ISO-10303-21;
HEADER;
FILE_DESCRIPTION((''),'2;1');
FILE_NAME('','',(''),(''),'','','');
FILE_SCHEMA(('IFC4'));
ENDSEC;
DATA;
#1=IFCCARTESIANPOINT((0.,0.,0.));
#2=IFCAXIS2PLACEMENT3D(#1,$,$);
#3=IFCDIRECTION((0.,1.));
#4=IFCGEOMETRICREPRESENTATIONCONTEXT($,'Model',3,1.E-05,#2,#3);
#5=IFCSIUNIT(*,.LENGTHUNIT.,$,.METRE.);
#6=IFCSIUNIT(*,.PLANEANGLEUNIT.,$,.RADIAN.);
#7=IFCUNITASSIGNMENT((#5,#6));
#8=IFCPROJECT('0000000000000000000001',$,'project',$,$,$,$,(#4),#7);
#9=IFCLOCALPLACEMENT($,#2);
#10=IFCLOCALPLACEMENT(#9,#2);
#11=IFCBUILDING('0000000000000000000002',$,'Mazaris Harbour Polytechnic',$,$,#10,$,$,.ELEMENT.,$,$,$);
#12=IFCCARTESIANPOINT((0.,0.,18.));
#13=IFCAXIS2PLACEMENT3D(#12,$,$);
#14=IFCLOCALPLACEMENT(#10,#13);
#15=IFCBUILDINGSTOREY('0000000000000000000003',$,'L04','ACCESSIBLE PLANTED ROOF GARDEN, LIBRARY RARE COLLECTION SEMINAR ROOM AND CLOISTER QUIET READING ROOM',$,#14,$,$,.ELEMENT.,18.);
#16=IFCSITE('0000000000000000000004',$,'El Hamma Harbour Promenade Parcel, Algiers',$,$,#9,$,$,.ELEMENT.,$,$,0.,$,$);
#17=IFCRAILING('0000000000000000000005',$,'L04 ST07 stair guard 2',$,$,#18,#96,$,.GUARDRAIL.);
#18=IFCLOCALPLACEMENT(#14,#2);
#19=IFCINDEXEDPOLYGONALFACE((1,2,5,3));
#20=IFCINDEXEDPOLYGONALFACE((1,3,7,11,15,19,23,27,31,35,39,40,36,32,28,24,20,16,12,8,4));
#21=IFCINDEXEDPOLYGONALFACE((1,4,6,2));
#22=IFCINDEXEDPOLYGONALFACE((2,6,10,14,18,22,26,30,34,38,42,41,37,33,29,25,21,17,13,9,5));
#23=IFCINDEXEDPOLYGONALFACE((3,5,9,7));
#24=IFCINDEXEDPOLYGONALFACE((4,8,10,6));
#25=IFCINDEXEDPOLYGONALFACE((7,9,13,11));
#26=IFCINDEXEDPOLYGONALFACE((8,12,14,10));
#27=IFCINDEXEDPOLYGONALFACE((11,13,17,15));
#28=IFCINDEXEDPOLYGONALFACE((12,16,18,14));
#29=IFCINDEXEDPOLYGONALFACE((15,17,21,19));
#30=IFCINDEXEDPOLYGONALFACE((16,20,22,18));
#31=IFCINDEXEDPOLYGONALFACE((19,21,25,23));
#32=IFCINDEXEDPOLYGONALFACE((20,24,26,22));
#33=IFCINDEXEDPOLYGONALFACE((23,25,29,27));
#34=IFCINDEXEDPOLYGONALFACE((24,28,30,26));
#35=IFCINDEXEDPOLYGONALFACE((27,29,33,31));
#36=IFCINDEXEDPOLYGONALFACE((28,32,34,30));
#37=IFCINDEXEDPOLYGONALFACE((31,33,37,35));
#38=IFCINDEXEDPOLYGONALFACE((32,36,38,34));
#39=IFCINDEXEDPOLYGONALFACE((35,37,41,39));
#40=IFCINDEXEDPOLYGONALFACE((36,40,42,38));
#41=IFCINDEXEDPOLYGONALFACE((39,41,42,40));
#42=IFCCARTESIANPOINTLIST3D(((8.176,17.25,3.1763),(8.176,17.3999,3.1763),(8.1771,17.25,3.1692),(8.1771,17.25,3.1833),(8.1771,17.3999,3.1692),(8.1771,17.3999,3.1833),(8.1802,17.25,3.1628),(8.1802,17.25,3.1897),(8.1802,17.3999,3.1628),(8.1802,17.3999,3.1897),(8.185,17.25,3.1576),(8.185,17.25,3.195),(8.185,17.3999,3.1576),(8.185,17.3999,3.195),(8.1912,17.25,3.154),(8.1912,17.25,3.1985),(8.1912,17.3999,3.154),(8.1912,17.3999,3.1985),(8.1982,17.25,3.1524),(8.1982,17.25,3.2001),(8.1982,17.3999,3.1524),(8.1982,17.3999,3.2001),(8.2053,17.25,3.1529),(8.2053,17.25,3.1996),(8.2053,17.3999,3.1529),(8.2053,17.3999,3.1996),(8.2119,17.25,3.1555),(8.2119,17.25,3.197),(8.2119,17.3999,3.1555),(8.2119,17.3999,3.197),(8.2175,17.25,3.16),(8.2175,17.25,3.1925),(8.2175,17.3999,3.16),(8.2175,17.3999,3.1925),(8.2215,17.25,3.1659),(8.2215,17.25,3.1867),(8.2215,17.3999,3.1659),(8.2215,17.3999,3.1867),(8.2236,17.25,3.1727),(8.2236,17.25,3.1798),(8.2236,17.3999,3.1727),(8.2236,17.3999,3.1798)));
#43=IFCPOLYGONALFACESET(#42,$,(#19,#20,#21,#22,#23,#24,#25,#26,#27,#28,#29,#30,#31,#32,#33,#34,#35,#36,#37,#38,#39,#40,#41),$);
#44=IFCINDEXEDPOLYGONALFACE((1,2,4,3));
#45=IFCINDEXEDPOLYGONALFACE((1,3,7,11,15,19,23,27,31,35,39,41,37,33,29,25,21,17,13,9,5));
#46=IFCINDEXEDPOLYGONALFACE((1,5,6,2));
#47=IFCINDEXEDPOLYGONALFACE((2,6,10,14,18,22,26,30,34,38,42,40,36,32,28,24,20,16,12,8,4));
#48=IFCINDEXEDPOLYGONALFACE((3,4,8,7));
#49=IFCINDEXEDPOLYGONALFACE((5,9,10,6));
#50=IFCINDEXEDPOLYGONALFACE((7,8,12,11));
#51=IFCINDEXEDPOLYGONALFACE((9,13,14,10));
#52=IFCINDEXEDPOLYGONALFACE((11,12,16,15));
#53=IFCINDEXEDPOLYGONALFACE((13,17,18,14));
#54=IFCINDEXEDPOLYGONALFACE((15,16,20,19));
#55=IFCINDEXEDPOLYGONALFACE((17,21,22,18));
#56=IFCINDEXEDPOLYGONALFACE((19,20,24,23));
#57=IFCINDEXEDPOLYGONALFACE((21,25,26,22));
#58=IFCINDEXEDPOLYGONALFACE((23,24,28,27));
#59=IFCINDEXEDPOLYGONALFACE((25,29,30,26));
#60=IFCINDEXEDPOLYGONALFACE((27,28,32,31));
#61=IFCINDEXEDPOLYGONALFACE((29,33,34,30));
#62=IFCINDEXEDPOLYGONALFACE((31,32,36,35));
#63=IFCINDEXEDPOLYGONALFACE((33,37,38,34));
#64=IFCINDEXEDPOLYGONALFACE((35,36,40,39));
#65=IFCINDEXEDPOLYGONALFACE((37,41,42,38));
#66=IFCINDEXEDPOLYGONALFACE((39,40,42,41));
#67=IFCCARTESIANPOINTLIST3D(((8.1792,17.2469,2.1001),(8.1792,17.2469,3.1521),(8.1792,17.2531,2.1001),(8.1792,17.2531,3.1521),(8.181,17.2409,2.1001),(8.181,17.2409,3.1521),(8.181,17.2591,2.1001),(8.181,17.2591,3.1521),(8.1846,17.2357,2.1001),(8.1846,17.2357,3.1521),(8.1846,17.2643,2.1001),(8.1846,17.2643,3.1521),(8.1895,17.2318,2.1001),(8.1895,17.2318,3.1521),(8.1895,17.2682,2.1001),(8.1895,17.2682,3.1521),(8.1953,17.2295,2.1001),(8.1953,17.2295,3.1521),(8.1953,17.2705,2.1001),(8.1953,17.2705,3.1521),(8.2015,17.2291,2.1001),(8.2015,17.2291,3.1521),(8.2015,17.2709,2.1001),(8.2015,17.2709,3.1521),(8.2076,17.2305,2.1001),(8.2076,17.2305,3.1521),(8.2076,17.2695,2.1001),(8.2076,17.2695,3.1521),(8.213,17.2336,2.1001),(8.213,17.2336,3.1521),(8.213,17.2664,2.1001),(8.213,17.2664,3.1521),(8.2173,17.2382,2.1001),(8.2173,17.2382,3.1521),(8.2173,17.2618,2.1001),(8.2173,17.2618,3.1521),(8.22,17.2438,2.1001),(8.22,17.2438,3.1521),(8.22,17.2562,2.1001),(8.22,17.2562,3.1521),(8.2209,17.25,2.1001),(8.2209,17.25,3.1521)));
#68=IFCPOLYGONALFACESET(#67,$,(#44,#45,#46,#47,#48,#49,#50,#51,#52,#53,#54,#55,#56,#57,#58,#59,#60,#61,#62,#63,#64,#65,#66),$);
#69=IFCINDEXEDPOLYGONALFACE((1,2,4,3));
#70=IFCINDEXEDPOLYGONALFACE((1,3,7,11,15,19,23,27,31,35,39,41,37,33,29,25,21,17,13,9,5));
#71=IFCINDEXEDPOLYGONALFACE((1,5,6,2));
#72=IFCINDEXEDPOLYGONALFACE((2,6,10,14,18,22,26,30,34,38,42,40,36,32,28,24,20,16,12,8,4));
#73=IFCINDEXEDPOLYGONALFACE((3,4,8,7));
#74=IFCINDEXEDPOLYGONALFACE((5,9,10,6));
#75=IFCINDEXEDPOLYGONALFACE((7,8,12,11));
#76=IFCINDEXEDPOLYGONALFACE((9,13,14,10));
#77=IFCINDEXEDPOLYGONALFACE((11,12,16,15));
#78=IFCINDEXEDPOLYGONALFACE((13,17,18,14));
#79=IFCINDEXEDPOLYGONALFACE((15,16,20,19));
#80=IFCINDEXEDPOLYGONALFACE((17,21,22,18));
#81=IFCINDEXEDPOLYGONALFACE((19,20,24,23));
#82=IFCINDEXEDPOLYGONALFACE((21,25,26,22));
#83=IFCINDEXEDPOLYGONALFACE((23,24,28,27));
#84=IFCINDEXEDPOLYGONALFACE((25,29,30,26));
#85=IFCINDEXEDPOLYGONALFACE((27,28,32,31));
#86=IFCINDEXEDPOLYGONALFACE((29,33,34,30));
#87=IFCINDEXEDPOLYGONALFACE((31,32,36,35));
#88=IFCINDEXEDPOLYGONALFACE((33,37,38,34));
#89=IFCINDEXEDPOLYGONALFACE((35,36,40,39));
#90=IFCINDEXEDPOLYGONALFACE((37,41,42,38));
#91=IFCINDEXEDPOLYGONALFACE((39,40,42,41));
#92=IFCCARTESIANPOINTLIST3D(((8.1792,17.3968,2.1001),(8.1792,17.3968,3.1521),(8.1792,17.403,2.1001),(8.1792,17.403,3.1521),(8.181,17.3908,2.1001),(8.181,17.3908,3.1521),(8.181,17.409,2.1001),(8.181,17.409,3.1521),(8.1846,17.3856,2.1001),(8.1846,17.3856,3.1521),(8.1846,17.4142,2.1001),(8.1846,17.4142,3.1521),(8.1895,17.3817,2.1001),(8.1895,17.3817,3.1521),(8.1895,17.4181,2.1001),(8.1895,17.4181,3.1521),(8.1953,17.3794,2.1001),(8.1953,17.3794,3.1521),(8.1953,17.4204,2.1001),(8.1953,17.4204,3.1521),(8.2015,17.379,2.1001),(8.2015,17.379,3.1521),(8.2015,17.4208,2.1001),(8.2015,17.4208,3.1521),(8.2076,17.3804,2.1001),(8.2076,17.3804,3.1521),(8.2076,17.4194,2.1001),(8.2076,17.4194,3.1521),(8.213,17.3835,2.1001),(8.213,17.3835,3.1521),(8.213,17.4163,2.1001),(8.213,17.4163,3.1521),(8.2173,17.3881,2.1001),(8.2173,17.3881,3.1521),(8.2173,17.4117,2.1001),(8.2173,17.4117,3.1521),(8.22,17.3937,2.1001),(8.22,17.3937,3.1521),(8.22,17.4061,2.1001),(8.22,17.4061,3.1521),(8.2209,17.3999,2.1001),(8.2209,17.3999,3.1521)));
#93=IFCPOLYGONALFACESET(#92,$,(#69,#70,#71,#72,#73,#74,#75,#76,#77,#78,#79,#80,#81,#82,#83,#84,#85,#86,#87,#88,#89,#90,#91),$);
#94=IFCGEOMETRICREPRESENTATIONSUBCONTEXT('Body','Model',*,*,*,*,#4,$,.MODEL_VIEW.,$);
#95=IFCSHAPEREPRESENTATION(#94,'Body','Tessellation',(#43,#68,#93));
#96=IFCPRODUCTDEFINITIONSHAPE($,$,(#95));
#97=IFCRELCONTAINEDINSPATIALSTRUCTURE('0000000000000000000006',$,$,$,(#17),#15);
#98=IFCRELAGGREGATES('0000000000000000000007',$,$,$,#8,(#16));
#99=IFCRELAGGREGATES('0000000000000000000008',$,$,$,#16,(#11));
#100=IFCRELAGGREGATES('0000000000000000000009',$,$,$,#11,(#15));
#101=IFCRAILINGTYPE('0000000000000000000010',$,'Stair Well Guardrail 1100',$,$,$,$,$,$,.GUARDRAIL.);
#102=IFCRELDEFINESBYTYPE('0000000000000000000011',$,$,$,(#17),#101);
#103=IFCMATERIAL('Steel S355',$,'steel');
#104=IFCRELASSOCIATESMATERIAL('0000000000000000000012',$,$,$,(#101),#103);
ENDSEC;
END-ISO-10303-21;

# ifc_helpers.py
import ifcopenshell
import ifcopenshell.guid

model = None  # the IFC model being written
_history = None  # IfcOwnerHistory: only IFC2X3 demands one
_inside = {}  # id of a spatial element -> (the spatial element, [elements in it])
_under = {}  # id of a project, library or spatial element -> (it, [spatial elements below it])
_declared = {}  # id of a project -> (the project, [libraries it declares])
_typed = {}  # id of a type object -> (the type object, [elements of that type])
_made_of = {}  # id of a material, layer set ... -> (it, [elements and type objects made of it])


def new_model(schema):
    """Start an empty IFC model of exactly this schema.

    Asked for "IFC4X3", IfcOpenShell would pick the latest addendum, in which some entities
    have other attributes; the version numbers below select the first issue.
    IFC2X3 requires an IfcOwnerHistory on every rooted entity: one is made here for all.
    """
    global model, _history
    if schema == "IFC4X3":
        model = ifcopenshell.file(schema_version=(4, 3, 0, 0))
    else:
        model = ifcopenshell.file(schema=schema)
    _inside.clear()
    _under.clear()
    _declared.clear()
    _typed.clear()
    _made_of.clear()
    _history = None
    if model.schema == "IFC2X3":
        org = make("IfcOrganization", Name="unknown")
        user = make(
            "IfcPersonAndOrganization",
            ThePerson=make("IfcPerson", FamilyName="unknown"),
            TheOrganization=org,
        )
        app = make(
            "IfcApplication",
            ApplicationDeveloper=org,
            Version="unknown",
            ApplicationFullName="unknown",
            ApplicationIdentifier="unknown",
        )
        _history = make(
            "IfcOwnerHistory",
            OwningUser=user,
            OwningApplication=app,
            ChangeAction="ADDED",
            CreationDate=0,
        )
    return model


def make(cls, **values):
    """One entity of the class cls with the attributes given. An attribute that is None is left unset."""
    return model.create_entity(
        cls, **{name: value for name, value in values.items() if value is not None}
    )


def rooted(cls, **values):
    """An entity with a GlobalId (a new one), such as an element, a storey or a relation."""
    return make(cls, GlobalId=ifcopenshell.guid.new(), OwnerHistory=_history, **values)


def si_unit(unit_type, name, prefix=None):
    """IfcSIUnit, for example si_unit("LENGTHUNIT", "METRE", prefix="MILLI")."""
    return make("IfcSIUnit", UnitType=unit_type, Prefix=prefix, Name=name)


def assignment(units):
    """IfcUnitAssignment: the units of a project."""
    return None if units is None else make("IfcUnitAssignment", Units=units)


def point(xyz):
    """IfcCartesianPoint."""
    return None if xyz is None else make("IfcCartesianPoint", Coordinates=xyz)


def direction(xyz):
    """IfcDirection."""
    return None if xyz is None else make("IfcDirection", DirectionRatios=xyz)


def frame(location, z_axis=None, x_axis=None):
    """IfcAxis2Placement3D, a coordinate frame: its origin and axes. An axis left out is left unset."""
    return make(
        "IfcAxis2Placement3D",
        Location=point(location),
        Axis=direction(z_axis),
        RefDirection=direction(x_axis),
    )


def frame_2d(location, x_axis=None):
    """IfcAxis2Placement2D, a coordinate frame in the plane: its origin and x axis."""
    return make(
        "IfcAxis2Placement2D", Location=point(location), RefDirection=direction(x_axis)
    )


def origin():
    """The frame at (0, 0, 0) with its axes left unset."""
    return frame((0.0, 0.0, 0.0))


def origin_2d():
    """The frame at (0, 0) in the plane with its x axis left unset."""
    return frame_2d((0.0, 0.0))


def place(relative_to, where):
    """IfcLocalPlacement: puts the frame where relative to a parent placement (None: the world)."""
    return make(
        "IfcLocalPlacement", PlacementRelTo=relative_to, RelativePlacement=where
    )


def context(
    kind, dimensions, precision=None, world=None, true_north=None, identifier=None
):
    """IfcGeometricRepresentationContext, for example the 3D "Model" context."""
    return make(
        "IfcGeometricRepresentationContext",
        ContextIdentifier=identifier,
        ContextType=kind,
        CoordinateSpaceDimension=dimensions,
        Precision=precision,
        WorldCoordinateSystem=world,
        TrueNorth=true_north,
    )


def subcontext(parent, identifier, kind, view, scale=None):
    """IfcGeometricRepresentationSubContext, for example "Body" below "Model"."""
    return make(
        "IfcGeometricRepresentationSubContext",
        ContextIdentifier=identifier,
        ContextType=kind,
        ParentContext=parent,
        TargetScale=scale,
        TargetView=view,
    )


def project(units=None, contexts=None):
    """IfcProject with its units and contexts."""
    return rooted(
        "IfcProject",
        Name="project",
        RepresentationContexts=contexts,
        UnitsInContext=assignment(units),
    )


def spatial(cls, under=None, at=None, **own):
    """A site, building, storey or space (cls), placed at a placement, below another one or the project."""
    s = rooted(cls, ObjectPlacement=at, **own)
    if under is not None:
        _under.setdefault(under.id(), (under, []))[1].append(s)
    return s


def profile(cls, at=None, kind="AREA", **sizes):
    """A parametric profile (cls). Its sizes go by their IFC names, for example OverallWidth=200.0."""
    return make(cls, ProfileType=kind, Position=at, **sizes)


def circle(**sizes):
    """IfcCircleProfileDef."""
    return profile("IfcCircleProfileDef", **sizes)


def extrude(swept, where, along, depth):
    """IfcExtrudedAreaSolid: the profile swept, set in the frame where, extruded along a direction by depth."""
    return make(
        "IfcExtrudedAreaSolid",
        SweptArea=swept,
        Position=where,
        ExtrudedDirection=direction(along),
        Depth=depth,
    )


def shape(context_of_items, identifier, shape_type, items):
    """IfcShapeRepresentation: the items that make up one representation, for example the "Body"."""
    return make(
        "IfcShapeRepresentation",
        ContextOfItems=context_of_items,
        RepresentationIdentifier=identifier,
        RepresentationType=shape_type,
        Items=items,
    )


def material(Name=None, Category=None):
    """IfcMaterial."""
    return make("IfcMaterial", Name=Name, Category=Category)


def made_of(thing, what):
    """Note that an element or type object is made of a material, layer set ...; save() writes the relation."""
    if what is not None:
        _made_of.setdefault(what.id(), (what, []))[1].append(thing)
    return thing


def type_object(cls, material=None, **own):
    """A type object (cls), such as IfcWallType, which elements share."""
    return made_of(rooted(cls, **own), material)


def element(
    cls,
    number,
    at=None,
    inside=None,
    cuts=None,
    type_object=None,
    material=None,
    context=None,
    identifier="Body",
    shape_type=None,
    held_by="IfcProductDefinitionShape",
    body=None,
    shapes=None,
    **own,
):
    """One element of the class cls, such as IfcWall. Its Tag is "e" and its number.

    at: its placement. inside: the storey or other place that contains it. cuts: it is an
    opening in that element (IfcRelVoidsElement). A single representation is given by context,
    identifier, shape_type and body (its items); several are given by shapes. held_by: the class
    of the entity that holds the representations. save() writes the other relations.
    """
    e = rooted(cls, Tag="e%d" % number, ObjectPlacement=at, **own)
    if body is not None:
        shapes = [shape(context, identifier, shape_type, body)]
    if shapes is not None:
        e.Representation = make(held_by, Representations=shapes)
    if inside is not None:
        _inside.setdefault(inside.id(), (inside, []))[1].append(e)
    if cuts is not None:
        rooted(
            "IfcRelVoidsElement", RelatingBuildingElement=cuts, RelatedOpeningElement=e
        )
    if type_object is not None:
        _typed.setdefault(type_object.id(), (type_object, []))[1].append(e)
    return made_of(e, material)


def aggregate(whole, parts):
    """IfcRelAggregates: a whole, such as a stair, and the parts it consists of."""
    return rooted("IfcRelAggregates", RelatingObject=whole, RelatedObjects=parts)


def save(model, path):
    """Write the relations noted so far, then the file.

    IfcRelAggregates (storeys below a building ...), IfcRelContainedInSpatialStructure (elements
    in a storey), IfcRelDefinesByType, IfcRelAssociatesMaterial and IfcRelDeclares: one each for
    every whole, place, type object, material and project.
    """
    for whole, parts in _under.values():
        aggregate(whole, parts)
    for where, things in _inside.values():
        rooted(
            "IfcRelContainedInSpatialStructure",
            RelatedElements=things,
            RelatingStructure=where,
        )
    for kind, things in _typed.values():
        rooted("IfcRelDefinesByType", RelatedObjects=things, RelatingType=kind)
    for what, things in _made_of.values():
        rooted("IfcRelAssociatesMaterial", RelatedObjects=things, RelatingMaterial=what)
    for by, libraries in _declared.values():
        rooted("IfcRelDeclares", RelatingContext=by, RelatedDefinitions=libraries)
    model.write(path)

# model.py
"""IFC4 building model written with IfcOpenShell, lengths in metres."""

from ifc_helpers import new_model, si_unit, direction, frame, origin, origin_2d, place, context, subcontext, project, spatial, circle, extrude, material, type_object, element, save


model = new_model("IFC4")

# Units and contexts
model_context = context("Model", 3, precision=1e-05, world=origin(), true_north=direction((0.0, 1.0)))
body_context = subcontext(model_context, "Body", "Model", "MODEL_VIEW")
ifc_project = project(units=[si_unit("LENGTHUNIT", "METRE"), si_unit("PLANEANGLEUNIT", "RADIAN")], contexts=[model_context])

# Site, building, storey
site_placement = place(None, origin())
site = spatial("IfcSite", under=ifc_project, at=site_placement, Name="El Hamma Harbour Promenade Parcel, Algiers", CompositionType="ELEMENT", RefElevation=0.0)
building_placement = place(site_placement, origin())
building = spatial("IfcBuilding", under=site, at=building_placement, Name="Mazaris Harbour Polytechnic", CompositionType="ELEMENT")
storey_placement = place(building_placement, frame((0.0, 0.0, 18.0)))
storey = spatial("IfcBuildingStorey", under=building, at=storey_placement, Name="L04", Description="ACCESSIBLE PLANTED ROOF GARDEN, LIBRARY RARE COLLECTION SEMINAR ROOM AND CLOISTER QUIET READING ROOM", CompositionType="ELEMENT", Elevation=18.0)

# Railing
ifc_material_1 = material(Name="Steel S355", Category="steel")
railing_type_1 = type_object("IfcRailingType", Name="Stair Well Guardrail 1100", PredefinedType="GUARDRAIL", material=ifc_material_1)
railing_1_placement = place(storey_placement, frame((8.2, 17.25, 2.1001)))
element("IfcRailing", 1, at=railing_1_placement, inside=storey, type_object=railing_type_1, Name="L04 ST07 stair guard 2", PredefinedType="GUARDRAIL", context=body_context, shape_type="SweptSolid", body=[
    extrude(circle(Radius=0.0239, at=origin_2d()), frame((0.0, 0.0, 1.0762), z_axis=(0.0, 1.0, 0.0), x_axis=(-1.0, 0.0, 0.0)), (0.0, 0.0, 1.0), 0.1499),
    extrude(circle(Radius=0.021, at=origin_2d()), origin(), (0.0, 0.0, 1.0), 1.052),
    extrude(circle(Radius=0.021, at=origin_2d()), frame((0.0, 0.1499, 0.0)), (0.0, 0.0, 1.0), 1.052),
])

save(model, "model.ifc")
